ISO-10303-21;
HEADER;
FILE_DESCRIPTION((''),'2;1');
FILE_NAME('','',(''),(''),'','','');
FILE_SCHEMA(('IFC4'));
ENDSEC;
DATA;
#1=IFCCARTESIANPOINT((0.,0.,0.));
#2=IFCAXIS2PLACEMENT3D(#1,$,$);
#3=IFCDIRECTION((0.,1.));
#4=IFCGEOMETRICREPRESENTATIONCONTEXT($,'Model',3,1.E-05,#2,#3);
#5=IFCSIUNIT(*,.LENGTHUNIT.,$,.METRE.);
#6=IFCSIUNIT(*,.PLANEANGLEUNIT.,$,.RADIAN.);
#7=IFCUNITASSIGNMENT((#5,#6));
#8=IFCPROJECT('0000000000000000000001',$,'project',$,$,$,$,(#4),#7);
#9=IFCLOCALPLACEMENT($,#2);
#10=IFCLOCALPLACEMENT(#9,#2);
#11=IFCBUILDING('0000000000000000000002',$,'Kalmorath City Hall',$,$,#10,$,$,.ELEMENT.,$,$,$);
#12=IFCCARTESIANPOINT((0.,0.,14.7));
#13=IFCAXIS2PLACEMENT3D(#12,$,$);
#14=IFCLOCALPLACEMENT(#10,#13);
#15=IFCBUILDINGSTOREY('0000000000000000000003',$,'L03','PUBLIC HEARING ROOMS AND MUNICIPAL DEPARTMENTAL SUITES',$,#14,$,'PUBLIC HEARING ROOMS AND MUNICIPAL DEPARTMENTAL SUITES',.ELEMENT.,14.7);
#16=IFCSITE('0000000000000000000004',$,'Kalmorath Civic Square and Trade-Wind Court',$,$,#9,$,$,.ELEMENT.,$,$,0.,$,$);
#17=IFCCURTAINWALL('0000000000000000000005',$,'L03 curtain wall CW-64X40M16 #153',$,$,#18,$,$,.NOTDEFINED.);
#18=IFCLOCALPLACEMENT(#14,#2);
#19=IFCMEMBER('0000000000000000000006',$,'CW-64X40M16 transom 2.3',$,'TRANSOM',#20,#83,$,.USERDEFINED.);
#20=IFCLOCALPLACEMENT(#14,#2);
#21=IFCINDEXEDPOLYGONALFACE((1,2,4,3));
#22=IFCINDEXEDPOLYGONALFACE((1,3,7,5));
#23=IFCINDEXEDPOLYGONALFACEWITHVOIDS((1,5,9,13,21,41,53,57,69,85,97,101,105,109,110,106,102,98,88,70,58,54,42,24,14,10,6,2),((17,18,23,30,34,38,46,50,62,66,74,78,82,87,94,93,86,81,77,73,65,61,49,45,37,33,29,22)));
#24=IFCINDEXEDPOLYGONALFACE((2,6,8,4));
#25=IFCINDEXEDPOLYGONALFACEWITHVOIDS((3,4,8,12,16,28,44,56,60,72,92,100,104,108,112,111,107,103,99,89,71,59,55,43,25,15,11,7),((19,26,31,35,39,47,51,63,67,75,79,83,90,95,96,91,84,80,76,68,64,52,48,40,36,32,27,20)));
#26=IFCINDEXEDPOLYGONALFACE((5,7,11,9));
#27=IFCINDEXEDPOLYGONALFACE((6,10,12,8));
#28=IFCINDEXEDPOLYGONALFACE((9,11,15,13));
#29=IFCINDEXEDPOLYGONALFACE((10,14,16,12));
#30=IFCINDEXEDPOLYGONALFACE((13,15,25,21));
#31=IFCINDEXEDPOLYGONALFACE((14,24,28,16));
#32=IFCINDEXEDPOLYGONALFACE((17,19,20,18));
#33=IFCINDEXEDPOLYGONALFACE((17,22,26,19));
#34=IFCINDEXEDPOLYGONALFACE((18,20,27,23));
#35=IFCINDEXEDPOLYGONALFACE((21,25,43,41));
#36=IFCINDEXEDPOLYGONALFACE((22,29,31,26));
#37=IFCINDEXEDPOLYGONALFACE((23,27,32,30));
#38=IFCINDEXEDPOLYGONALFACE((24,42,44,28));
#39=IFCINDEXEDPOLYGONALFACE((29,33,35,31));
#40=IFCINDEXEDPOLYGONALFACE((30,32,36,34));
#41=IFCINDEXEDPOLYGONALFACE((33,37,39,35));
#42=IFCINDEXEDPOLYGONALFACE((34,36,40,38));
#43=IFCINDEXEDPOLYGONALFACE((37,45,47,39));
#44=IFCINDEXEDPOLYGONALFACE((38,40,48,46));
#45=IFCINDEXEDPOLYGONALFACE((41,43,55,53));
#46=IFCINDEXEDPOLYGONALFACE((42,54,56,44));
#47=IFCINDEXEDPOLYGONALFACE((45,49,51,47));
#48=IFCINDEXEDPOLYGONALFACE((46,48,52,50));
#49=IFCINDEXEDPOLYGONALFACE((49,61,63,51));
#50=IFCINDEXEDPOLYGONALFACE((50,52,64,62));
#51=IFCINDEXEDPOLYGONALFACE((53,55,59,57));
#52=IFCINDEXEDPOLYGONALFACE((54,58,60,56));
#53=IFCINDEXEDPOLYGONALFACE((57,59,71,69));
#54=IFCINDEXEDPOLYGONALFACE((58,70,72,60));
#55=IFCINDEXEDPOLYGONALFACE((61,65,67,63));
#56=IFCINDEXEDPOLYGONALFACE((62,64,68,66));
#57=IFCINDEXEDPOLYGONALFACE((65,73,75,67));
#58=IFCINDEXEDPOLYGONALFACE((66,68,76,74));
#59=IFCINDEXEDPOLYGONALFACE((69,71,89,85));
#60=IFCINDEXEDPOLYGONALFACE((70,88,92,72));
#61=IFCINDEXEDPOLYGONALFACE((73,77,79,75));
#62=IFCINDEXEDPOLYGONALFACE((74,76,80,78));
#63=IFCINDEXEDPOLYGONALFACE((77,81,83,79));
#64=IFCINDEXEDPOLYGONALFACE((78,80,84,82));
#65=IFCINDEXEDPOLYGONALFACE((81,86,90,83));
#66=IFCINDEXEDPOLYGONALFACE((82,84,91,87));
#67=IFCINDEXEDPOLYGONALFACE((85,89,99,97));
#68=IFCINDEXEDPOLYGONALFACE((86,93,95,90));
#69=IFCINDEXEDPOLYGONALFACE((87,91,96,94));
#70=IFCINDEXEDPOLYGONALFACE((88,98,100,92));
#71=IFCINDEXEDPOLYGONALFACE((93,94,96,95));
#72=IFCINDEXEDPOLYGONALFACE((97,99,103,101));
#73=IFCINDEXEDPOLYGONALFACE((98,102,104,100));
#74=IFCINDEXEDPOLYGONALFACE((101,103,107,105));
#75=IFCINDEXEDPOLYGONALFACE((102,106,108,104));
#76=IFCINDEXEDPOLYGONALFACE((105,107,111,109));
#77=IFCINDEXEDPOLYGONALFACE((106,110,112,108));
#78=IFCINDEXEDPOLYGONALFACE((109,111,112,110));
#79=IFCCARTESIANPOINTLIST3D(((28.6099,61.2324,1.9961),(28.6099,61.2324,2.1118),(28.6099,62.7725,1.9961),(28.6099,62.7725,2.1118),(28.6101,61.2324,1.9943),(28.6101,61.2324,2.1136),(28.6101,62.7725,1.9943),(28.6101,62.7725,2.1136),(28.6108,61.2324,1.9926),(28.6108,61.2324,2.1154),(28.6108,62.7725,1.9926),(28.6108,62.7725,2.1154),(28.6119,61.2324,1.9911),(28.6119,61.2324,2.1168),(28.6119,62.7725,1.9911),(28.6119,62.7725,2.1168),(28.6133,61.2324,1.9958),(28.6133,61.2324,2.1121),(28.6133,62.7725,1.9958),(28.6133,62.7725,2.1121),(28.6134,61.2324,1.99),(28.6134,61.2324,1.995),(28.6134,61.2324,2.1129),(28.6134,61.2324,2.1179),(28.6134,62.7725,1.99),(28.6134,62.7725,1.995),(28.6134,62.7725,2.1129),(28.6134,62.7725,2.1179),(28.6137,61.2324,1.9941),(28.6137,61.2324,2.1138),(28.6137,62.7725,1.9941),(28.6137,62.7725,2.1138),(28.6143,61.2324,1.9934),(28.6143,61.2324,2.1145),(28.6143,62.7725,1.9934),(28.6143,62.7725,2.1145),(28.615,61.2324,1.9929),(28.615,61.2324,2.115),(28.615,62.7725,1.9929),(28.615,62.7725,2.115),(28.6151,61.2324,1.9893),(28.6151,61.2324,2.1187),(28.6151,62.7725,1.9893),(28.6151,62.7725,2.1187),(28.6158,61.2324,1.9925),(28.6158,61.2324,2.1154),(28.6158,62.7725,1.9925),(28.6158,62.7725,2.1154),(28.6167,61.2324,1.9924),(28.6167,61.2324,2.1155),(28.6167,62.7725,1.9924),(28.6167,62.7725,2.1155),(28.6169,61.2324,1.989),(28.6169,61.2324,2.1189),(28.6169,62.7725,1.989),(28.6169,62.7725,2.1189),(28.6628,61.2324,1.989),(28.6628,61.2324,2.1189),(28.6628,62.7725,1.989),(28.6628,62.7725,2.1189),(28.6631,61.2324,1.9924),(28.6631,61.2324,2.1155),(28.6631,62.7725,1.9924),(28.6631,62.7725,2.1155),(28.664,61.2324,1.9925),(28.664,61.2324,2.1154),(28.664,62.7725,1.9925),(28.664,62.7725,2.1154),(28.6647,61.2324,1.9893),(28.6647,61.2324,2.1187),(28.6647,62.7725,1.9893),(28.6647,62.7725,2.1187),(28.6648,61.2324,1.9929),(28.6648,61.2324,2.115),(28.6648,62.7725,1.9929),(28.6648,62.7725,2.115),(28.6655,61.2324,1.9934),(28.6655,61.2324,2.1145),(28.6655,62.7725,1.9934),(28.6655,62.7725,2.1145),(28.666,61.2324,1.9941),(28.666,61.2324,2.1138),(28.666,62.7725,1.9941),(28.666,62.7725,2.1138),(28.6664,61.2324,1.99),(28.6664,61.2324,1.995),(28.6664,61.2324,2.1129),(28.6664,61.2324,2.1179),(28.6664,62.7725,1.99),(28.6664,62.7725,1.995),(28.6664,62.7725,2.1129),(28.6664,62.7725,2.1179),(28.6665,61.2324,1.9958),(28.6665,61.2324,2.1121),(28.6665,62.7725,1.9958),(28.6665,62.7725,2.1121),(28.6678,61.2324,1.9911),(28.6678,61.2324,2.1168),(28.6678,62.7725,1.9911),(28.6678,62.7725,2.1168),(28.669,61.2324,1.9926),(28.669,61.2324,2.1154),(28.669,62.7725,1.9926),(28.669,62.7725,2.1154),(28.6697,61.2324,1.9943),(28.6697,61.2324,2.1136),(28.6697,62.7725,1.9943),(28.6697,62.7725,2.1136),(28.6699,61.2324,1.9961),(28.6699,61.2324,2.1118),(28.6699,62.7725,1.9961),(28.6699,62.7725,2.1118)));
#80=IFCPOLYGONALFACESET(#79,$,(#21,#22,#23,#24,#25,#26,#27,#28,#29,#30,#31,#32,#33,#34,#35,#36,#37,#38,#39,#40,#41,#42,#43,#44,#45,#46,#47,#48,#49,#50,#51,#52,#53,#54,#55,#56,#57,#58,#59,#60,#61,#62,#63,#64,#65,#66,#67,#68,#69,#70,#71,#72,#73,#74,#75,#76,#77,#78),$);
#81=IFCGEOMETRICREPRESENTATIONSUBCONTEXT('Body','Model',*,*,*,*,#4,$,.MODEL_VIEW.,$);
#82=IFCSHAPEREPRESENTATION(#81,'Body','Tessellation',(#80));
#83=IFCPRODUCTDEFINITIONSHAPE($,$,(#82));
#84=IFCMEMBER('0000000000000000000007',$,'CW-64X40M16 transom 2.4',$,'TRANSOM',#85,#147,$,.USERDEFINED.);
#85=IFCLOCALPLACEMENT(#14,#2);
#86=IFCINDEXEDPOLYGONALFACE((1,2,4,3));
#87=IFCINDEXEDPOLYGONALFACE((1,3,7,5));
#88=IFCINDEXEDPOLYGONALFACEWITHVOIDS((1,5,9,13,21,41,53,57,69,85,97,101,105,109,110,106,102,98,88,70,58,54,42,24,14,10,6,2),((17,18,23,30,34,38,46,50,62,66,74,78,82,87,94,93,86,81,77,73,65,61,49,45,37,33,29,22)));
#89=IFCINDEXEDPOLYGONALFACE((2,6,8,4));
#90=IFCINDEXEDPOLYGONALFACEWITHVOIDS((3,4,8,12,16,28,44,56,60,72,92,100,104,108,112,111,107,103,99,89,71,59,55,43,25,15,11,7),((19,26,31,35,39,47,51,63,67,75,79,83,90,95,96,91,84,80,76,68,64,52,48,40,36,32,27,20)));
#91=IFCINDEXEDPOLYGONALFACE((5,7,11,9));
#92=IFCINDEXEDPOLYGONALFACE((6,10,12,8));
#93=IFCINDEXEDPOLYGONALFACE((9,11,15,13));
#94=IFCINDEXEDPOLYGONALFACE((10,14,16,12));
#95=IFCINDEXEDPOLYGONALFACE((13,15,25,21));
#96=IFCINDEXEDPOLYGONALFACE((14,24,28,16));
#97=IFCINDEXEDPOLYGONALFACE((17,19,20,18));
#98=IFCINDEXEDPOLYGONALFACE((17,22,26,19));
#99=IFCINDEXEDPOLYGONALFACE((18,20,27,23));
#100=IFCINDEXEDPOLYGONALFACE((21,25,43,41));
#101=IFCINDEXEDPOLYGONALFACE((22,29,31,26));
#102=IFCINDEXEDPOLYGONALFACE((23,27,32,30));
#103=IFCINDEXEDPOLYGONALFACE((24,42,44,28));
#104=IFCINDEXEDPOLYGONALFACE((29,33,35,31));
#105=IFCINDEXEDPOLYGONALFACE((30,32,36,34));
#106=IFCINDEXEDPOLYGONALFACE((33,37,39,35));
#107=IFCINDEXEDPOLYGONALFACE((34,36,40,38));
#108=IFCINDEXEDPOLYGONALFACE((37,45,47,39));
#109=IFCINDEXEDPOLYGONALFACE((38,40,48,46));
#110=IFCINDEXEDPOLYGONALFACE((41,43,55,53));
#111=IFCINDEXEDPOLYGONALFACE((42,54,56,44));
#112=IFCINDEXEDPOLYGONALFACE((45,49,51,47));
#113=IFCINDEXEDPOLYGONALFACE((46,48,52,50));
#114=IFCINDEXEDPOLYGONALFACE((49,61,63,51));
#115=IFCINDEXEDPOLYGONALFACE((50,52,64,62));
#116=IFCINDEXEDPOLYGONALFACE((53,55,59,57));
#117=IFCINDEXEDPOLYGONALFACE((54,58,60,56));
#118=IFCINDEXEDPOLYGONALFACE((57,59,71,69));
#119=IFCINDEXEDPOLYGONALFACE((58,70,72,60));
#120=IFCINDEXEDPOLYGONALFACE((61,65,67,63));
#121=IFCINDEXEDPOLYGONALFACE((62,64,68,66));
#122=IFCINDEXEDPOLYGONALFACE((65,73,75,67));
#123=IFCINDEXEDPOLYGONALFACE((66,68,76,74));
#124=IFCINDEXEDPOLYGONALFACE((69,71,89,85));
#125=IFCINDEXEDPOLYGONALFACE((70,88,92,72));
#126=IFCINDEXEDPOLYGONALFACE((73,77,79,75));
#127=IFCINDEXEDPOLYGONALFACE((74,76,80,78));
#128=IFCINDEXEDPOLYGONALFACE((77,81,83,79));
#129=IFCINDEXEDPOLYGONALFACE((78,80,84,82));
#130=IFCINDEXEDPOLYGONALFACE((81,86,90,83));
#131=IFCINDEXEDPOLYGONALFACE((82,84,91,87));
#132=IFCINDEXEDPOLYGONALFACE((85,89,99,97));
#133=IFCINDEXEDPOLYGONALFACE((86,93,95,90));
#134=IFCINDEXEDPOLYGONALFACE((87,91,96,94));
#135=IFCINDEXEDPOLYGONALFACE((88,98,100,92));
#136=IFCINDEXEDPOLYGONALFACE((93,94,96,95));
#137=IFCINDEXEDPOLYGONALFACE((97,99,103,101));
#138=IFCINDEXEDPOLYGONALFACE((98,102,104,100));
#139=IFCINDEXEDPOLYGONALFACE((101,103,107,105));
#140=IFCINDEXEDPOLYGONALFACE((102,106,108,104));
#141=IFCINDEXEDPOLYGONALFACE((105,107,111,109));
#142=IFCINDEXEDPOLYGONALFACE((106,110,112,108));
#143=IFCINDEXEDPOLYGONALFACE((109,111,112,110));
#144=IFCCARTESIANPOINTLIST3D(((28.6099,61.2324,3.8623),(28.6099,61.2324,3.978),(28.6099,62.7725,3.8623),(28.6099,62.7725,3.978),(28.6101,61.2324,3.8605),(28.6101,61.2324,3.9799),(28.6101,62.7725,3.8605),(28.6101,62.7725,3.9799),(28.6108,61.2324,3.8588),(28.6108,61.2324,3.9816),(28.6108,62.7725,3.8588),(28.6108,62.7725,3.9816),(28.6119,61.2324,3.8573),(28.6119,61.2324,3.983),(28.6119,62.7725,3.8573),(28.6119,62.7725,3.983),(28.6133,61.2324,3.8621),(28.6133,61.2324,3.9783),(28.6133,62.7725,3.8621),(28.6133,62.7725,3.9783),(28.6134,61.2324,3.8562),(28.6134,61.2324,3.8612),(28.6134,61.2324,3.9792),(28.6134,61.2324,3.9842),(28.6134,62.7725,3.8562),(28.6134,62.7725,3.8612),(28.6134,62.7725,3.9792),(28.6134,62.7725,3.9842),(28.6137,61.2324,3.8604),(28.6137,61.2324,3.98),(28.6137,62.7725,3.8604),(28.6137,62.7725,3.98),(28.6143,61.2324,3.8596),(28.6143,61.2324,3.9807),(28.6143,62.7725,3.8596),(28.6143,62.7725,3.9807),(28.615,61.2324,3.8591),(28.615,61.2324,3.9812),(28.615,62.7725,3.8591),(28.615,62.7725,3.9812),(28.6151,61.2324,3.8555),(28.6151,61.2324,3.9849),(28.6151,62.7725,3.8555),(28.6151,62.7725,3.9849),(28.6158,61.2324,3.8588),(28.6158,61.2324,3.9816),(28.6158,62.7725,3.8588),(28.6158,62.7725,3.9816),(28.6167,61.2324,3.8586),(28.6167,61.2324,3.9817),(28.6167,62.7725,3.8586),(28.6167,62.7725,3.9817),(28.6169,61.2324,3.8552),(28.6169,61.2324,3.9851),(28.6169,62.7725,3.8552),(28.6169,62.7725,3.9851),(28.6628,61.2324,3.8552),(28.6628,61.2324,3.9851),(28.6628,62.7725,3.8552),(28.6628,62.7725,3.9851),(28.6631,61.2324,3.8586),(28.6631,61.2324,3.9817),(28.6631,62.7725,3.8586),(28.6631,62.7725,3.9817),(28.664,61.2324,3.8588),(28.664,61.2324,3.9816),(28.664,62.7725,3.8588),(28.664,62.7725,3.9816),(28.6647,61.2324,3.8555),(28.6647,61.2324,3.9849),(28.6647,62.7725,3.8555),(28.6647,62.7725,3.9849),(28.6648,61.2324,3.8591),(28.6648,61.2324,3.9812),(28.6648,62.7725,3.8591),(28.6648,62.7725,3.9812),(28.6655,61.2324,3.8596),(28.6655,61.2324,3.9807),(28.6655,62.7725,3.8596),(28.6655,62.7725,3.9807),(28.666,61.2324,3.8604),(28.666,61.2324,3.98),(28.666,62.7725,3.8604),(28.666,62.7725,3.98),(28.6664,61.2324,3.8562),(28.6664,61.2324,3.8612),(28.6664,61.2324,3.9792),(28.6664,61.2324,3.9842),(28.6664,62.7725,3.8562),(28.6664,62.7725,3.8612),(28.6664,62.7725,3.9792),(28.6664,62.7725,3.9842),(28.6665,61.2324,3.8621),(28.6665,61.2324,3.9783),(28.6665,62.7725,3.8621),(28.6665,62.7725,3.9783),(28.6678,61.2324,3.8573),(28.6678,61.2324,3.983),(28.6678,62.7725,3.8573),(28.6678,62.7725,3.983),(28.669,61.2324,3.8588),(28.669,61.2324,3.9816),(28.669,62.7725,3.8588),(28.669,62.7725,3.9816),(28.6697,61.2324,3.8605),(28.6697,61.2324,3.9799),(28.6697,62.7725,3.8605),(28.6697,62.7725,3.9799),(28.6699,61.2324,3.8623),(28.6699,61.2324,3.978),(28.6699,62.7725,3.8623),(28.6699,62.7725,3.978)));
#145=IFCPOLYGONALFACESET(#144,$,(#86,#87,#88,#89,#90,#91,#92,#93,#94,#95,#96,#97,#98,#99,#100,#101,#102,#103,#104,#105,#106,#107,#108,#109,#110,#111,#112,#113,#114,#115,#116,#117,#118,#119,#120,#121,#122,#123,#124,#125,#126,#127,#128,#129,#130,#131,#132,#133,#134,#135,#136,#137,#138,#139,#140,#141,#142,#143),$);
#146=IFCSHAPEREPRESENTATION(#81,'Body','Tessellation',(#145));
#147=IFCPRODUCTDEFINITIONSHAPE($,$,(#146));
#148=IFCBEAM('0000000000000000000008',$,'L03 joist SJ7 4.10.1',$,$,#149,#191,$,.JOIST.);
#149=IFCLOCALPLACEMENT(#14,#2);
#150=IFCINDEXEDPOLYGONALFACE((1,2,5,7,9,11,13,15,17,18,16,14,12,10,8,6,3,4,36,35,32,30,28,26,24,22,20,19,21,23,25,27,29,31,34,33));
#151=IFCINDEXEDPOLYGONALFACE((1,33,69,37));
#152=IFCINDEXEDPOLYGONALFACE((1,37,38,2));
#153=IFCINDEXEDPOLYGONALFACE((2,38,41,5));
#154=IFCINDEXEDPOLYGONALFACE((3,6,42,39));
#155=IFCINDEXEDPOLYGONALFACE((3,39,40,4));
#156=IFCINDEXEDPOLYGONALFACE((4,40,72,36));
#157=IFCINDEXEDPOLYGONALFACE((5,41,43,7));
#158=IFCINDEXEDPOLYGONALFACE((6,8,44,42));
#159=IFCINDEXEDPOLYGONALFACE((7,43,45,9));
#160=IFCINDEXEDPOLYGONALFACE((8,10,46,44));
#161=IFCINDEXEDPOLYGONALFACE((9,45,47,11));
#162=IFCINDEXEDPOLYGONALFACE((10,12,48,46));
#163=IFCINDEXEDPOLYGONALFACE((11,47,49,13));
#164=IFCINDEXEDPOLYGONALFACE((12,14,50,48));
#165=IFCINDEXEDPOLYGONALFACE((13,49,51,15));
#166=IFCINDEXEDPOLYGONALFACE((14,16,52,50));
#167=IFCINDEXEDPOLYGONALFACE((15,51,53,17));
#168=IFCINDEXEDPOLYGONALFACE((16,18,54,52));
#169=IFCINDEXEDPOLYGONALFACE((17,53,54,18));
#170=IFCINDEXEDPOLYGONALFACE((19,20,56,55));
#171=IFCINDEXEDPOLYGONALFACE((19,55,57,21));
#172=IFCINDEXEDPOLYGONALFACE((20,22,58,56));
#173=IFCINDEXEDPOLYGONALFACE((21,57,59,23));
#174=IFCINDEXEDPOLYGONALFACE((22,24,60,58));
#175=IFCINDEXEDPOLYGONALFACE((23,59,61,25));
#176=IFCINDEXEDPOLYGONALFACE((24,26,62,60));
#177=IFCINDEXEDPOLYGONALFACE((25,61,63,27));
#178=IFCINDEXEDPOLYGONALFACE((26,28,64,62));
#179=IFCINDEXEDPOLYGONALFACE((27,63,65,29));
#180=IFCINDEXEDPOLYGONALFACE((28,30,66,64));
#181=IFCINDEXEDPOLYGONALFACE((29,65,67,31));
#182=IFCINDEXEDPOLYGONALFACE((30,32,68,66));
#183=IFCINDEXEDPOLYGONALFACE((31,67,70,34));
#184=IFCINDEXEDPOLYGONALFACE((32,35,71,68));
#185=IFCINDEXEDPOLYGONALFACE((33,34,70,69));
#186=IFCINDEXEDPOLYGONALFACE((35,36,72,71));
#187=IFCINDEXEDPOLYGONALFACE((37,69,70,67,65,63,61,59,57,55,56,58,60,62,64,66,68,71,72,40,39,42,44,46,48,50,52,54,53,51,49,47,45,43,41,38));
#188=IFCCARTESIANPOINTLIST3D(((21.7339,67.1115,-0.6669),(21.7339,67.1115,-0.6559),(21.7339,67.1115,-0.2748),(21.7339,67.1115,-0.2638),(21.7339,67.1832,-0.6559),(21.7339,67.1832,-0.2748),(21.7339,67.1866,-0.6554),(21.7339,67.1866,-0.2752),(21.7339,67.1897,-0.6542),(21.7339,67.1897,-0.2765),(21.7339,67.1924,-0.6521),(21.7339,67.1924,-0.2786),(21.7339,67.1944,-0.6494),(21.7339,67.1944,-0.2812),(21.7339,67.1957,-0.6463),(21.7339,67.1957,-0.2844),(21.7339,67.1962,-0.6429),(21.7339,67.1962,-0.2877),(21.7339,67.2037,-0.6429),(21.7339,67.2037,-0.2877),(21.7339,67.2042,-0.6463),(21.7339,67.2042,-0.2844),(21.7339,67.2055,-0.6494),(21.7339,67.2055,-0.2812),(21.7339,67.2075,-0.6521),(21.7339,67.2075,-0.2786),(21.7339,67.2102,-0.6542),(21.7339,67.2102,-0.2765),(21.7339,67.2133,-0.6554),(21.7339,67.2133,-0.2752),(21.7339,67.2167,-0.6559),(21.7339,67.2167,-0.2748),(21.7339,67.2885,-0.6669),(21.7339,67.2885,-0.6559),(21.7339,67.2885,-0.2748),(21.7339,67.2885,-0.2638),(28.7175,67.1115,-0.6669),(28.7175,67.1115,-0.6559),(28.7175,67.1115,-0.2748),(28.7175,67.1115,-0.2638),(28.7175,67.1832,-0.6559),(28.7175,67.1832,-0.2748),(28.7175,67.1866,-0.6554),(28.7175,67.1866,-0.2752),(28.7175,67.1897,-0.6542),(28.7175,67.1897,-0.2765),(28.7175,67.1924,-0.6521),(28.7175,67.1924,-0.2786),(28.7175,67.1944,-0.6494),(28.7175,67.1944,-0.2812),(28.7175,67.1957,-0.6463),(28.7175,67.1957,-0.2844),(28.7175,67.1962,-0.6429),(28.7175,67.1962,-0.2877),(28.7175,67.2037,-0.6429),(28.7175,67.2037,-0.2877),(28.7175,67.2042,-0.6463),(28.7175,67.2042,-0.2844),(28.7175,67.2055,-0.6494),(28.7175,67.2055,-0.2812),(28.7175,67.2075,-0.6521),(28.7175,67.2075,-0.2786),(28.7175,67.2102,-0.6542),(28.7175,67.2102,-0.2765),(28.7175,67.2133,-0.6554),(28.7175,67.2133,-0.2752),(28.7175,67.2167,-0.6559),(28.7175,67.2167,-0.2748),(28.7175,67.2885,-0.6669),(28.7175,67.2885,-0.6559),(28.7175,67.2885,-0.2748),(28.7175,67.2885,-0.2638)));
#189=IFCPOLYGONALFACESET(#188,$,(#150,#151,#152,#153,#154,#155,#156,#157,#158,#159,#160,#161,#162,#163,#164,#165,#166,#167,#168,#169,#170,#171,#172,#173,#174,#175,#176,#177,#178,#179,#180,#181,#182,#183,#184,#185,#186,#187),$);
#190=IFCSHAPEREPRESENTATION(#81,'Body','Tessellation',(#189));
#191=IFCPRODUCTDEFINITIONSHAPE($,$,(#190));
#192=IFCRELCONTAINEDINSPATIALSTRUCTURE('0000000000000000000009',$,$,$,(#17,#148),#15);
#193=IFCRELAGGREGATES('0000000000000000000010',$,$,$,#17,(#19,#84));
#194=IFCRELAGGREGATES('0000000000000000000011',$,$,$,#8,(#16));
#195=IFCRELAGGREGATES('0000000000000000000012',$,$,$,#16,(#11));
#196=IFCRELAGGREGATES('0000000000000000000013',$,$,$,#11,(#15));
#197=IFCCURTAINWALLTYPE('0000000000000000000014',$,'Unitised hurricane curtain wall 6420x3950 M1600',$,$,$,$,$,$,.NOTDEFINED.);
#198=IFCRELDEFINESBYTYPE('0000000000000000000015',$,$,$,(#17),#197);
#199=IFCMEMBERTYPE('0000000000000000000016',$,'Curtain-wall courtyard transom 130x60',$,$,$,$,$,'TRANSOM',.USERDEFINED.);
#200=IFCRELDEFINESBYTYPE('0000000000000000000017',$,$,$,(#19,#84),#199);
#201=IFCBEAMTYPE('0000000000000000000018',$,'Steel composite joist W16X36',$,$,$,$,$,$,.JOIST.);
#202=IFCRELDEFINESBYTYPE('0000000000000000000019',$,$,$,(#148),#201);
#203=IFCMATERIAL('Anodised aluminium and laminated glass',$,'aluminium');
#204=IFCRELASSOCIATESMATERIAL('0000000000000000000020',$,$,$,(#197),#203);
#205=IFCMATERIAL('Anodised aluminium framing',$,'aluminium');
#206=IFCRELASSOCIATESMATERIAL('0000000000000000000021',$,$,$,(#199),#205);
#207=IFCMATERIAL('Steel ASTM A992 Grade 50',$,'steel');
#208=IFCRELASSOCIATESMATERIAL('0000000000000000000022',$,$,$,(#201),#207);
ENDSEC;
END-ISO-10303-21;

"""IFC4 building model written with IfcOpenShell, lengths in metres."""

from ifc_helpers import new_model, si_unit, direction, frame, origin, origin_2d, place, context, subcontext, project, spatial, hollow_rectangle, i_section, extrude, material, material_profile, profile_set, type_object, element, aggregate, save


model = new_model("IFC4")

# Units and contexts
model_context = context("Model", 3, precision=1e-05, world=origin(), true_north=direction((0.0, 1.0)))
body_context = subcontext(model_context, "Body", "Model", "MODEL_VIEW")
ifc_project = project(units=[si_unit("LENGTHUNIT", "METRE"), si_unit("PLANEANGLEUNIT", "RADIAN")], contexts=[model_context])

# Site, building, storey
site_placement = place(None, origin())
site = spatial("IfcSite", under=ifc_project, at=site_placement, Name="Kalmorath Civic Square and Trade-Wind Court", CompositionType="ELEMENT", RefElevation=0.0)
building_placement = place(site_placement, origin())
building = spatial("IfcBuilding", under=site, at=building_placement, Name="Kalmorath City Hall", CompositionType="ELEMENT")
storey_placement = place(building_placement, frame((0.0, 0.0, 14.7)))
storey = spatial("IfcBuildingStorey", under=building, at=storey_placement, Name="L03", Description="PUBLIC HEARING ROOMS AND MUNICIPAL DEPARTMENTAL SUITES", LongName="PUBLIC HEARING ROOMS AND MUNICIPAL DEPARTMENTAL SUITES", CompositionType="ELEMENT", Elevation=14.7)

# Curtain wall, members
ifc_material_1 = material(Name="Anodised aluminium and laminated glass", Category="aluminium")
curtain_wall_type = type_object("IfcCurtainWallType", Name="Unitised hurricane curtain wall 6420x3950 M1600", PredefinedType="NOTDEFINED", material=ifc_material_1)
curtain_wall_placement = place(storey_placement, origin())
curtain_wall = element("IfcCurtainWall", 1, at=curtain_wall_placement, inside=storey, type_object=curtain_wall_type, Name="L03 curtain wall CW-64X40M16 #153", PredefinedType="NOTDEFINED")
ifc_material_2 = material(Name="Anodised aluminium framing", Category="aluminium")
ifc_material_profile_1 = material_profile(ifc_material_2, hollow_rectangle(XDim=0.0601, YDim=0.1299, WallThickness=0.0034, InnerFilletRadius=0.0034, OuterFilletRadius=0.0071, at=origin_2d()), Name="ALU-TRN-130X60X3.5")
ifc_profile_set_1 = profile_set([ifc_material_profile_1], Name="Anodised aluminium framing")
member_type_1 = type_object("IfcMemberType", Name="Curtain-wall courtyard transom 130x60", ElementType="TRANSOM", PredefinedType="USERDEFINED", material=ifc_profile_set_1)
member_1_placement = place(storey_placement, frame((28.6399, 62.7725, 2.054), z_axis=(0.0, -1.0, 0.0), x_axis=(1.0, 0.0, 0.0)))
member_1 = element("IfcMember", 2, at=member_1_placement, type_object=member_type_1, Name="CW-64X40M16 transom 2.3", ObjectType="TRANSOM", PredefinedType="USERDEFINED", context=body_context, shape_type="SweptSolid", body=[
    extrude(hollow_rectangle(XDim=0.0601, YDim=0.1299, WallThickness=0.0034, InnerFilletRadius=0.0034, OuterFilletRadius=0.0071, at=origin_2d()), origin(), (0.0, 0.0, 1.0), 1.54),
])
member_2_placement = place(storey_placement, frame((28.6399, 62.7725, 3.9202), z_axis=(0.0, -1.0, 0.0), x_axis=(1.0, 0.0, 0.0)))
member_2 = element("IfcMember", 3, at=member_2_placement, type_object=member_type_1, Name="CW-64X40M16 transom 2.4", ObjectType="TRANSOM", PredefinedType="USERDEFINED", context=body_context, shape_type="SweptSolid", body=[
    extrude(hollow_rectangle(XDim=0.0601, YDim=0.1299, WallThickness=0.0034, InnerFilletRadius=0.0034, OuterFilletRadius=0.0071, at=origin_2d()), origin(), (0.0, 0.0, 1.0), 1.54),
])

# Beam
ifc_material_3 = material(Name="Steel ASTM A992 Grade 50", Category="steel")
ifc_material_profile_2 = material_profile(ifc_material_3, i_section(OverallWidth=0.177, OverallDepth=0.4031, WebThickness=0.0076, FlangeThickness=0.011, FilletRadius=0.0129, at=origin_2d()), Name="W16X36")
ifc_profile_set_2 = profile_set([ifc_material_profile_2], Name="Steel ASTM A992 Grade 50")
beam_type_1 = type_object("IfcBeamType", Name="Steel composite joist W16X36", PredefinedType="JOIST", material=ifc_profile_set_2)
beam_1_placement = place(storey_placement, frame((21.7339, 67.2, -0.4653), z_axis=(1.0, 0.0, 0.0), x_axis=(0.0, 1.0, 0.0)))
element("IfcBeam", 4, at=beam_1_placement, inside=storey, type_object=beam_type_1, Name="L03 joist SJ7 4.10.1", PredefinedType="JOIST", context=body_context, shape_type="SweptSolid", body=[
    extrude(i_section(OverallWidth=0.177, OverallDepth=0.4031, WebThickness=0.0076, FlangeThickness=0.011, FilletRadius=0.0129, at=origin_2d()), origin(), (0.0, 0.0, 1.0), 6.9836),
])

aggregate(curtain_wall, [member_1, member_2])

save(model, "model.ifc")
